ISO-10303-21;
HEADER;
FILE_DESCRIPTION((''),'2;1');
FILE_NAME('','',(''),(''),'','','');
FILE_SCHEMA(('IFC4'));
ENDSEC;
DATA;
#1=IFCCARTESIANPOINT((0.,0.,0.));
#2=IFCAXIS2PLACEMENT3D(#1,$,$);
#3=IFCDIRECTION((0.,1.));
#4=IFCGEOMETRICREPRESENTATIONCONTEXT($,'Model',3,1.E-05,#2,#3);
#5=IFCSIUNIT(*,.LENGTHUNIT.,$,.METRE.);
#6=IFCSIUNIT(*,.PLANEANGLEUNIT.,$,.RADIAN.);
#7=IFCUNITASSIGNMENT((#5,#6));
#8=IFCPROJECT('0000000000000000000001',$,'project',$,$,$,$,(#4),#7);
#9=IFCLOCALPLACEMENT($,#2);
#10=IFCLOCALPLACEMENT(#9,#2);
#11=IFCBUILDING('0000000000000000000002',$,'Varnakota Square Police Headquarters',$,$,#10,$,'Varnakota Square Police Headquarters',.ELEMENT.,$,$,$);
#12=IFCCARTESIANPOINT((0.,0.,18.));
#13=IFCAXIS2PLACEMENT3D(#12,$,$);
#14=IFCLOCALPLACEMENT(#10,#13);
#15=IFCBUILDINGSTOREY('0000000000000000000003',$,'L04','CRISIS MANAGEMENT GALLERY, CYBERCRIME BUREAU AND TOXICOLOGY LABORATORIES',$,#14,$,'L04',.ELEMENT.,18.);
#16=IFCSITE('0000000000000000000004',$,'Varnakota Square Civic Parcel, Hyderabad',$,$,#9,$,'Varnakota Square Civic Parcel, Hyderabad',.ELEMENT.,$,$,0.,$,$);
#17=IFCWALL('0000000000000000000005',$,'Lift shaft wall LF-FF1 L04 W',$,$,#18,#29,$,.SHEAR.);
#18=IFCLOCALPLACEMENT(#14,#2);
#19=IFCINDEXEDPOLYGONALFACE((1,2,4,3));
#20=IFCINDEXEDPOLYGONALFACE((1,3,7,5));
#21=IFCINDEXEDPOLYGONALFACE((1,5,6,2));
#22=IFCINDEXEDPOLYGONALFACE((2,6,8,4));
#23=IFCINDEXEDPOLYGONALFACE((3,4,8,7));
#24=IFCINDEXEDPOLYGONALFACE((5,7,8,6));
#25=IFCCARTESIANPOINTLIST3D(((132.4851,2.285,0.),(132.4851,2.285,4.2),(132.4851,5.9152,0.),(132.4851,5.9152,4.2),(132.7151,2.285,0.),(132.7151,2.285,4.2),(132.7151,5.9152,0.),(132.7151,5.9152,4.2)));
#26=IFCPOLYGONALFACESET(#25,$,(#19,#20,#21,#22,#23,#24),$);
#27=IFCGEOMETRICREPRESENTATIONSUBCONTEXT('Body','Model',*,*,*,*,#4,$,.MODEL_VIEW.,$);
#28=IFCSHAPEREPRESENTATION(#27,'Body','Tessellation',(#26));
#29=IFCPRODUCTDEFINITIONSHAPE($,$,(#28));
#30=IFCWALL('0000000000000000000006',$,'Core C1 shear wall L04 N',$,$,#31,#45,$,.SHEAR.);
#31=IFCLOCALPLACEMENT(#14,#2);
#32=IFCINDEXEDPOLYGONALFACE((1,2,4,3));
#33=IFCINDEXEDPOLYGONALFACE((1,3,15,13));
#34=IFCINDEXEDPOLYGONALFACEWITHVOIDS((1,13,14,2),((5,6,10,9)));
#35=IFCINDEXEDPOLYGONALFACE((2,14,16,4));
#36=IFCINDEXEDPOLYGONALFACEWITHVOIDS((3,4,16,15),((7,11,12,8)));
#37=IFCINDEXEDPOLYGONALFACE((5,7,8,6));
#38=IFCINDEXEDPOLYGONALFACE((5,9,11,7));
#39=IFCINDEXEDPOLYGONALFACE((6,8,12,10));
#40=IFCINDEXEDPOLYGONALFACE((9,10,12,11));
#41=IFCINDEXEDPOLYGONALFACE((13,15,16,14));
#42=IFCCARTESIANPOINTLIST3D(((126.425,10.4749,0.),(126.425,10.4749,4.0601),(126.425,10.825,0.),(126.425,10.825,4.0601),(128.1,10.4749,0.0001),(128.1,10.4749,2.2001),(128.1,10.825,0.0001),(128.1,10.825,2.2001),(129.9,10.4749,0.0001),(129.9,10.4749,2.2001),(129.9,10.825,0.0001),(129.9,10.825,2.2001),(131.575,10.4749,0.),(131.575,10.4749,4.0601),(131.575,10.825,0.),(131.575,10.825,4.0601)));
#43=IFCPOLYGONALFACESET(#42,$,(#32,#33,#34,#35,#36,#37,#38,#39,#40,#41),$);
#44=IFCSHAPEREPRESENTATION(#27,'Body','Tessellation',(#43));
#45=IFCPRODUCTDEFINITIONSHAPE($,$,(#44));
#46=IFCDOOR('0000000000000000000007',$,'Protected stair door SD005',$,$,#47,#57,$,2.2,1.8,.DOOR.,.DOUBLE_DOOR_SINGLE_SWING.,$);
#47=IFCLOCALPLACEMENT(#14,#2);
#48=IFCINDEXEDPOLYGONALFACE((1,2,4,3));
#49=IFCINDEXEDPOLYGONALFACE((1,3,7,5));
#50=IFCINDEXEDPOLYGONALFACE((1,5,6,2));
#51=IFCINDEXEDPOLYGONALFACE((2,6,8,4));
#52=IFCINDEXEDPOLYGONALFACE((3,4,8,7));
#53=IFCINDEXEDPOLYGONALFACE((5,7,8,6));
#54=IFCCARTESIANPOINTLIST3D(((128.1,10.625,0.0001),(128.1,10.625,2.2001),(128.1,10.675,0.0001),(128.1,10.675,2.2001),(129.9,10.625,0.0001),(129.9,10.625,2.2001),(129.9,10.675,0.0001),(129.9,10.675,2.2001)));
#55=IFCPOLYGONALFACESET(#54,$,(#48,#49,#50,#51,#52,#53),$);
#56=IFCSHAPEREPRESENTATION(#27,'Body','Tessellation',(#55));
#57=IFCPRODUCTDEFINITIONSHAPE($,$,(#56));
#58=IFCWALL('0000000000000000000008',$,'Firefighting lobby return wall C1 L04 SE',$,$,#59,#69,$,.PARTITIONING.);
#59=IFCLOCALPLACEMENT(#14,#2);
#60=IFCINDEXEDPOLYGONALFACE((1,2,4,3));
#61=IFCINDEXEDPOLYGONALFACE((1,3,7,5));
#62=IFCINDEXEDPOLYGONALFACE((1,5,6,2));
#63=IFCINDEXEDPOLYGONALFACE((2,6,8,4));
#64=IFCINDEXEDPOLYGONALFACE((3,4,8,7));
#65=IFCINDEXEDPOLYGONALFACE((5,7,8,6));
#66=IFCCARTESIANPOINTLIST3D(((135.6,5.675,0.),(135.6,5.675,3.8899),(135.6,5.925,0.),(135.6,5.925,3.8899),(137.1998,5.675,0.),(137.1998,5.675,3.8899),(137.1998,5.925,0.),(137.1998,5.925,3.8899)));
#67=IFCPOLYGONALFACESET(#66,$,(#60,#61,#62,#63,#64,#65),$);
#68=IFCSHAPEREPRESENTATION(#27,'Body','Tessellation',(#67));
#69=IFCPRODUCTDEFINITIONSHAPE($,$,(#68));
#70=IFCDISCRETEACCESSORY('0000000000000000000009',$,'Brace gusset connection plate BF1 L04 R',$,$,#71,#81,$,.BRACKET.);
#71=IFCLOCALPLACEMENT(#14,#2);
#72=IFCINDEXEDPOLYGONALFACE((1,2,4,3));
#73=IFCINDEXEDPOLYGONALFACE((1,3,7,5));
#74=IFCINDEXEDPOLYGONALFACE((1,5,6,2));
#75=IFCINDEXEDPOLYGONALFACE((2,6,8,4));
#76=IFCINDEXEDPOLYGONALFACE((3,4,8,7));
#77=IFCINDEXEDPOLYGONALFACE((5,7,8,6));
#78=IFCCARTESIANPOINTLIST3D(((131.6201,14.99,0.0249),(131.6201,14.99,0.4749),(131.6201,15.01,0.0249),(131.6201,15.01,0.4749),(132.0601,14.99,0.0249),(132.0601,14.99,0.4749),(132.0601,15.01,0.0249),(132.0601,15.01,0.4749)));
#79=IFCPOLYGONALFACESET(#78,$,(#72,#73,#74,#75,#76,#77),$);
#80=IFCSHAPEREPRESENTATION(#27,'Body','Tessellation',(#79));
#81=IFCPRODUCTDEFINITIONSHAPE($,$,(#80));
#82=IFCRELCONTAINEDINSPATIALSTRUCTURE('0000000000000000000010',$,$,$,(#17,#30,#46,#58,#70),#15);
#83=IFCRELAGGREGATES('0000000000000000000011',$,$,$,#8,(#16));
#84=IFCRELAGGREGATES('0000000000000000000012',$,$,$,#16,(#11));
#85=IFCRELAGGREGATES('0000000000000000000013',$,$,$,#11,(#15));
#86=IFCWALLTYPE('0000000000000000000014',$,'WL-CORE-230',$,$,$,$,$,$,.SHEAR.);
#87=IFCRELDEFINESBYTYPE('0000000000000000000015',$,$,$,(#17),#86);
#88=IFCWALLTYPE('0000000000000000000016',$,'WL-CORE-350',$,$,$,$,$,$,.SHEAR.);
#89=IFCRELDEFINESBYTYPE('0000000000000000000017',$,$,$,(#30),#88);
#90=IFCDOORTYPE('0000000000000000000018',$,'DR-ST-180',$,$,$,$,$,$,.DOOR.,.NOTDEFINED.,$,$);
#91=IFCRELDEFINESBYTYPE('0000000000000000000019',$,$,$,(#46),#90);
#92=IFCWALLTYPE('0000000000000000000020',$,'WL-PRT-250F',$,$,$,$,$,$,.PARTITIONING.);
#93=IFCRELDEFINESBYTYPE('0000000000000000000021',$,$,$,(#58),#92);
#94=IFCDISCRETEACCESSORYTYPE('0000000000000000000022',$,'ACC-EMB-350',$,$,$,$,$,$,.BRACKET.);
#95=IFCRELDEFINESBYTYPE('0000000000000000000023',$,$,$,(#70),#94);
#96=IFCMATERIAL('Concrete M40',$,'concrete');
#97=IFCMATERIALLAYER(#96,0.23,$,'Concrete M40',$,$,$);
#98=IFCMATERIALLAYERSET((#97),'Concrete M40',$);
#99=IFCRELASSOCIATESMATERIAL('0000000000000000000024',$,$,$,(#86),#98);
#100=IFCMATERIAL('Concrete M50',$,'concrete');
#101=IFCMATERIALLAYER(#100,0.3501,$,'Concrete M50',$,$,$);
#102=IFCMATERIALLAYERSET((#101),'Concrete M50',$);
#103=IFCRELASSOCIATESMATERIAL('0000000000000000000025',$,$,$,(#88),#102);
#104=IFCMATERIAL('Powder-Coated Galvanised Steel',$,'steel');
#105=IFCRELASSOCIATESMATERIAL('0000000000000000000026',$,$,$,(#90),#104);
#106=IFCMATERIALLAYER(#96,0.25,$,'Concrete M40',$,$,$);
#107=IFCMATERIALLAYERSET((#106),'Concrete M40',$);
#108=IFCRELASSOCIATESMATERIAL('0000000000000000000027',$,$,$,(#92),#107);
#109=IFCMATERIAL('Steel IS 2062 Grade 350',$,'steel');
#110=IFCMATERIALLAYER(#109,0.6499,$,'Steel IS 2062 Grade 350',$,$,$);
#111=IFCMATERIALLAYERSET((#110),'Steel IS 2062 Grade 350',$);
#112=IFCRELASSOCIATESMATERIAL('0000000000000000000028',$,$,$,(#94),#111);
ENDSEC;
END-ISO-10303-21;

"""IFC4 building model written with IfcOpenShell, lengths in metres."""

from ifc_helpers import new_model, si_unit, direction, frame, frame_2d, origin, origin_2d, place, context, subcontext, project, spatial, rectangle, extrude, material, layer, layer_set, type_object, element, fill, save


model = new_model("IFC4")

# Units and contexts
model_context = context("Model", 3, precision=1e-05, world=origin(), true_north=direction((0.0, 1.0)))
body_context = subcontext(model_context, "Body", "Model", "MODEL_VIEW")
ifc_project = project(units=[si_unit("LENGTHUNIT", "METRE"), si_unit("PLANEANGLEUNIT", "RADIAN")], contexts=[model_context])

# Site, building, storey
site_placement = place(None, origin())
site = spatial("IfcSite", under=ifc_project, at=site_placement, Name="Varnakota Square Civic Parcel, Hyderabad", LongName="Varnakota Square Civic Parcel, Hyderabad", CompositionType="ELEMENT", RefElevation=0.0)
building_placement = place(site_placement, origin())
building = spatial("IfcBuilding", under=site, at=building_placement, Name="Varnakota Square Police Headquarters", LongName="Varnakota Square Police Headquarters", CompositionType="ELEMENT")
storey_placement = place(building_placement, frame((0.0, 0.0, 18.0)))
storey = spatial("IfcBuildingStorey", under=building, at=storey_placement, Name="L04", Description="CRISIS MANAGEMENT GALLERY, CYBERCRIME BUREAU AND TOXICOLOGY LABORATORIES", LongName="L04", CompositionType="ELEMENT", Elevation=18.0)

# Shared definitions
ifc_material_1 = material(Name="Steel IS 2062 Grade 350", Category="steel")

# Shared definitions
ifc_material_2 = material(Name="Concrete M40", Category="concrete")
ifc_layer_1 = layer(ifc_material_2, 0.23, Name="Concrete M40")
ifc_layer_set_1 = layer_set([ifc_layer_1], Name="Concrete M40")
wall_type_1 = type_object("IfcWallType", Name="WL-CORE-230", PredefinedType="SHEAR", material=ifc_layer_set_1)

# Wall
wall_1_placement = place(storey_placement, frame((132.6001, 5.915, 0.0), z_axis=(0.0, 0.0, 1.0), x_axis=(0.0, -1.0, 0.0)))
element("IfcWall", 1, at=wall_1_placement, inside=storey, type_object=wall_type_1, Name="Lift shaft wall LF-FF1 L04 W", PredefinedType="SHEAR", context=body_context, shape_type="SweptSolid", body=[
    extrude(rectangle(XDim=3.6301, YDim=0.23, at=frame_2d((1.8149, 0.0))), origin(), (0.0, 0.0, 1.0), 4.2),
])

# Wall, opening, door
ifc_material_3 = material(Name="Concrete M50", Category="concrete")
ifc_layer_2 = layer(ifc_material_3, 0.3501, Name="Concrete M50")
ifc_layer_set_2 = layer_set([ifc_layer_2], Name="Concrete M50")
wall_type_2 = type_object("IfcWallType", Name="WL-CORE-350", PredefinedType="SHEAR", material=ifc_layer_set_2)
wall_2_placement = place(storey_placement, frame((131.575, 10.6499, 0.0), z_axis=(0.0, 0.0, 1.0), x_axis=(-1.0, 0.0, 0.0)))
wall_2 = element("IfcWall", 2, at=wall_2_placement, inside=storey, type_object=wall_type_2, Name="Core C1 shear wall L04 N", PredefinedType="SHEAR", context=body_context, shape_type="SweptSolid", body=[
    extrude(rectangle(XDim=5.1499, YDim=0.3501, at=frame_2d((2.575, 0.0))), origin(), (0.0, 0.0, 1.0), 4.0601),
])
opening_1_placement = place(wall_2_placement, frame((1.675, 0.0, 0.0)))
opening_1 = element("IfcOpeningElement", 3, at=opening_1_placement, cuts=wall_2, PredefinedType="OPENING", context=body_context, shape_type="SweptSolid", body=[
    extrude(rectangle(XDim=1.8, YDim=2.2, at=frame_2d((0.8999, 1.1001))), frame((0.0, 0.1851, 0.0), z_axis=(0.0, -1.0, 0.0), x_axis=(1.0, 0.0, 0.0)), (0.0, 0.0, 1.0), 0.3701),
])
ifc_material_4 = material(Name="Powder-Coated Galvanised Steel", Category="steel")
door_type_1 = type_object("IfcDoorType", Name="DR-ST-180", OperationType="NOTDEFINED", PredefinedType="DOOR", material=ifc_material_4)
door_1_placement = place(opening_1_placement, origin())
door_1 = element("IfcDoor", 4, at=door_1_placement, inside=storey, type_object=door_type_1, Name="Protected stair door SD005", OperationType="DOUBLE_DOOR_SINGLE_SWING", OverallHeight=2.2, OverallWidth=1.8, PredefinedType="DOOR", context=body_context, shape_type="SweptSolid", body=[
    extrude(rectangle(XDim=1.8, YDim=2.2, at=frame_2d((0.8999, 1.1001))), frame((0.0, 0.0249, 0.0), z_axis=(0.0, -1.0, 0.0), x_axis=(1.0, 0.0, 0.0)), (0.0, 0.0, 1.0), 0.05),
])
fill(opening_1, door_1)
ifc_layer_3 = layer(ifc_material_2, 0.25, Name="Concrete M40")
ifc_layer_set_3 = layer_set([ifc_layer_3], Name="Concrete M40")
wall_type_3 = type_object("IfcWallType", Name="WL-PRT-250F", PredefinedType="PARTITIONING", material=ifc_layer_set_3)

# Wall
wall_3_placement = place(storey_placement, frame((135.6001, 5.8, 0.0), z_axis=(0.0, 0.0, 1.0), x_axis=(1.0, 0.0, 0.0)))
element("IfcWall", 5, at=wall_3_placement, inside=storey, type_object=wall_type_3, Name="Firefighting lobby return wall C1 L04 SE", PredefinedType="PARTITIONING", context=body_context, shape_type="SweptSolid", body=[
    extrude(rectangle(XDim=1.5999, YDim=0.25, at=frame_2d((0.7998, 0.0))), origin(), (0.0, 0.0, 1.0), 3.8899),
])

# Discrete accessory
ifc_layer_4 = layer(ifc_material_1, 0.6499, Name="Steel IS 2062 Grade 350")
ifc_layer_set_4 = layer_set([ifc_layer_4], Name="Steel IS 2062 Grade 350")
discrete_accessory_type = type_object("IfcDiscreteAccessoryType", Name="ACC-EMB-350", PredefinedType="BRACKET", material=ifc_layer_set_4)
discrete_accessory_placement = place(storey_placement, frame((131.8401, 15.0, 0.0249), z_axis=(0.0, 0.0, 1.0), x_axis=(1.0, 0.0, 0.0)))
element("IfcDiscreteAccessory", 6, at=discrete_accessory_placement, inside=storey, type_object=discrete_accessory_type, Name="Brace gusset connection plate BF1 L04 R", PredefinedType="BRACKET", context=body_context, shape_type="SweptSolid", body=[
    extrude(rectangle(XDim=0.4399, YDim=0.02, at=origin_2d()), origin(), (0.0, 0.0, 1.0), 0.45),
])

save(model, "model.ifc")
